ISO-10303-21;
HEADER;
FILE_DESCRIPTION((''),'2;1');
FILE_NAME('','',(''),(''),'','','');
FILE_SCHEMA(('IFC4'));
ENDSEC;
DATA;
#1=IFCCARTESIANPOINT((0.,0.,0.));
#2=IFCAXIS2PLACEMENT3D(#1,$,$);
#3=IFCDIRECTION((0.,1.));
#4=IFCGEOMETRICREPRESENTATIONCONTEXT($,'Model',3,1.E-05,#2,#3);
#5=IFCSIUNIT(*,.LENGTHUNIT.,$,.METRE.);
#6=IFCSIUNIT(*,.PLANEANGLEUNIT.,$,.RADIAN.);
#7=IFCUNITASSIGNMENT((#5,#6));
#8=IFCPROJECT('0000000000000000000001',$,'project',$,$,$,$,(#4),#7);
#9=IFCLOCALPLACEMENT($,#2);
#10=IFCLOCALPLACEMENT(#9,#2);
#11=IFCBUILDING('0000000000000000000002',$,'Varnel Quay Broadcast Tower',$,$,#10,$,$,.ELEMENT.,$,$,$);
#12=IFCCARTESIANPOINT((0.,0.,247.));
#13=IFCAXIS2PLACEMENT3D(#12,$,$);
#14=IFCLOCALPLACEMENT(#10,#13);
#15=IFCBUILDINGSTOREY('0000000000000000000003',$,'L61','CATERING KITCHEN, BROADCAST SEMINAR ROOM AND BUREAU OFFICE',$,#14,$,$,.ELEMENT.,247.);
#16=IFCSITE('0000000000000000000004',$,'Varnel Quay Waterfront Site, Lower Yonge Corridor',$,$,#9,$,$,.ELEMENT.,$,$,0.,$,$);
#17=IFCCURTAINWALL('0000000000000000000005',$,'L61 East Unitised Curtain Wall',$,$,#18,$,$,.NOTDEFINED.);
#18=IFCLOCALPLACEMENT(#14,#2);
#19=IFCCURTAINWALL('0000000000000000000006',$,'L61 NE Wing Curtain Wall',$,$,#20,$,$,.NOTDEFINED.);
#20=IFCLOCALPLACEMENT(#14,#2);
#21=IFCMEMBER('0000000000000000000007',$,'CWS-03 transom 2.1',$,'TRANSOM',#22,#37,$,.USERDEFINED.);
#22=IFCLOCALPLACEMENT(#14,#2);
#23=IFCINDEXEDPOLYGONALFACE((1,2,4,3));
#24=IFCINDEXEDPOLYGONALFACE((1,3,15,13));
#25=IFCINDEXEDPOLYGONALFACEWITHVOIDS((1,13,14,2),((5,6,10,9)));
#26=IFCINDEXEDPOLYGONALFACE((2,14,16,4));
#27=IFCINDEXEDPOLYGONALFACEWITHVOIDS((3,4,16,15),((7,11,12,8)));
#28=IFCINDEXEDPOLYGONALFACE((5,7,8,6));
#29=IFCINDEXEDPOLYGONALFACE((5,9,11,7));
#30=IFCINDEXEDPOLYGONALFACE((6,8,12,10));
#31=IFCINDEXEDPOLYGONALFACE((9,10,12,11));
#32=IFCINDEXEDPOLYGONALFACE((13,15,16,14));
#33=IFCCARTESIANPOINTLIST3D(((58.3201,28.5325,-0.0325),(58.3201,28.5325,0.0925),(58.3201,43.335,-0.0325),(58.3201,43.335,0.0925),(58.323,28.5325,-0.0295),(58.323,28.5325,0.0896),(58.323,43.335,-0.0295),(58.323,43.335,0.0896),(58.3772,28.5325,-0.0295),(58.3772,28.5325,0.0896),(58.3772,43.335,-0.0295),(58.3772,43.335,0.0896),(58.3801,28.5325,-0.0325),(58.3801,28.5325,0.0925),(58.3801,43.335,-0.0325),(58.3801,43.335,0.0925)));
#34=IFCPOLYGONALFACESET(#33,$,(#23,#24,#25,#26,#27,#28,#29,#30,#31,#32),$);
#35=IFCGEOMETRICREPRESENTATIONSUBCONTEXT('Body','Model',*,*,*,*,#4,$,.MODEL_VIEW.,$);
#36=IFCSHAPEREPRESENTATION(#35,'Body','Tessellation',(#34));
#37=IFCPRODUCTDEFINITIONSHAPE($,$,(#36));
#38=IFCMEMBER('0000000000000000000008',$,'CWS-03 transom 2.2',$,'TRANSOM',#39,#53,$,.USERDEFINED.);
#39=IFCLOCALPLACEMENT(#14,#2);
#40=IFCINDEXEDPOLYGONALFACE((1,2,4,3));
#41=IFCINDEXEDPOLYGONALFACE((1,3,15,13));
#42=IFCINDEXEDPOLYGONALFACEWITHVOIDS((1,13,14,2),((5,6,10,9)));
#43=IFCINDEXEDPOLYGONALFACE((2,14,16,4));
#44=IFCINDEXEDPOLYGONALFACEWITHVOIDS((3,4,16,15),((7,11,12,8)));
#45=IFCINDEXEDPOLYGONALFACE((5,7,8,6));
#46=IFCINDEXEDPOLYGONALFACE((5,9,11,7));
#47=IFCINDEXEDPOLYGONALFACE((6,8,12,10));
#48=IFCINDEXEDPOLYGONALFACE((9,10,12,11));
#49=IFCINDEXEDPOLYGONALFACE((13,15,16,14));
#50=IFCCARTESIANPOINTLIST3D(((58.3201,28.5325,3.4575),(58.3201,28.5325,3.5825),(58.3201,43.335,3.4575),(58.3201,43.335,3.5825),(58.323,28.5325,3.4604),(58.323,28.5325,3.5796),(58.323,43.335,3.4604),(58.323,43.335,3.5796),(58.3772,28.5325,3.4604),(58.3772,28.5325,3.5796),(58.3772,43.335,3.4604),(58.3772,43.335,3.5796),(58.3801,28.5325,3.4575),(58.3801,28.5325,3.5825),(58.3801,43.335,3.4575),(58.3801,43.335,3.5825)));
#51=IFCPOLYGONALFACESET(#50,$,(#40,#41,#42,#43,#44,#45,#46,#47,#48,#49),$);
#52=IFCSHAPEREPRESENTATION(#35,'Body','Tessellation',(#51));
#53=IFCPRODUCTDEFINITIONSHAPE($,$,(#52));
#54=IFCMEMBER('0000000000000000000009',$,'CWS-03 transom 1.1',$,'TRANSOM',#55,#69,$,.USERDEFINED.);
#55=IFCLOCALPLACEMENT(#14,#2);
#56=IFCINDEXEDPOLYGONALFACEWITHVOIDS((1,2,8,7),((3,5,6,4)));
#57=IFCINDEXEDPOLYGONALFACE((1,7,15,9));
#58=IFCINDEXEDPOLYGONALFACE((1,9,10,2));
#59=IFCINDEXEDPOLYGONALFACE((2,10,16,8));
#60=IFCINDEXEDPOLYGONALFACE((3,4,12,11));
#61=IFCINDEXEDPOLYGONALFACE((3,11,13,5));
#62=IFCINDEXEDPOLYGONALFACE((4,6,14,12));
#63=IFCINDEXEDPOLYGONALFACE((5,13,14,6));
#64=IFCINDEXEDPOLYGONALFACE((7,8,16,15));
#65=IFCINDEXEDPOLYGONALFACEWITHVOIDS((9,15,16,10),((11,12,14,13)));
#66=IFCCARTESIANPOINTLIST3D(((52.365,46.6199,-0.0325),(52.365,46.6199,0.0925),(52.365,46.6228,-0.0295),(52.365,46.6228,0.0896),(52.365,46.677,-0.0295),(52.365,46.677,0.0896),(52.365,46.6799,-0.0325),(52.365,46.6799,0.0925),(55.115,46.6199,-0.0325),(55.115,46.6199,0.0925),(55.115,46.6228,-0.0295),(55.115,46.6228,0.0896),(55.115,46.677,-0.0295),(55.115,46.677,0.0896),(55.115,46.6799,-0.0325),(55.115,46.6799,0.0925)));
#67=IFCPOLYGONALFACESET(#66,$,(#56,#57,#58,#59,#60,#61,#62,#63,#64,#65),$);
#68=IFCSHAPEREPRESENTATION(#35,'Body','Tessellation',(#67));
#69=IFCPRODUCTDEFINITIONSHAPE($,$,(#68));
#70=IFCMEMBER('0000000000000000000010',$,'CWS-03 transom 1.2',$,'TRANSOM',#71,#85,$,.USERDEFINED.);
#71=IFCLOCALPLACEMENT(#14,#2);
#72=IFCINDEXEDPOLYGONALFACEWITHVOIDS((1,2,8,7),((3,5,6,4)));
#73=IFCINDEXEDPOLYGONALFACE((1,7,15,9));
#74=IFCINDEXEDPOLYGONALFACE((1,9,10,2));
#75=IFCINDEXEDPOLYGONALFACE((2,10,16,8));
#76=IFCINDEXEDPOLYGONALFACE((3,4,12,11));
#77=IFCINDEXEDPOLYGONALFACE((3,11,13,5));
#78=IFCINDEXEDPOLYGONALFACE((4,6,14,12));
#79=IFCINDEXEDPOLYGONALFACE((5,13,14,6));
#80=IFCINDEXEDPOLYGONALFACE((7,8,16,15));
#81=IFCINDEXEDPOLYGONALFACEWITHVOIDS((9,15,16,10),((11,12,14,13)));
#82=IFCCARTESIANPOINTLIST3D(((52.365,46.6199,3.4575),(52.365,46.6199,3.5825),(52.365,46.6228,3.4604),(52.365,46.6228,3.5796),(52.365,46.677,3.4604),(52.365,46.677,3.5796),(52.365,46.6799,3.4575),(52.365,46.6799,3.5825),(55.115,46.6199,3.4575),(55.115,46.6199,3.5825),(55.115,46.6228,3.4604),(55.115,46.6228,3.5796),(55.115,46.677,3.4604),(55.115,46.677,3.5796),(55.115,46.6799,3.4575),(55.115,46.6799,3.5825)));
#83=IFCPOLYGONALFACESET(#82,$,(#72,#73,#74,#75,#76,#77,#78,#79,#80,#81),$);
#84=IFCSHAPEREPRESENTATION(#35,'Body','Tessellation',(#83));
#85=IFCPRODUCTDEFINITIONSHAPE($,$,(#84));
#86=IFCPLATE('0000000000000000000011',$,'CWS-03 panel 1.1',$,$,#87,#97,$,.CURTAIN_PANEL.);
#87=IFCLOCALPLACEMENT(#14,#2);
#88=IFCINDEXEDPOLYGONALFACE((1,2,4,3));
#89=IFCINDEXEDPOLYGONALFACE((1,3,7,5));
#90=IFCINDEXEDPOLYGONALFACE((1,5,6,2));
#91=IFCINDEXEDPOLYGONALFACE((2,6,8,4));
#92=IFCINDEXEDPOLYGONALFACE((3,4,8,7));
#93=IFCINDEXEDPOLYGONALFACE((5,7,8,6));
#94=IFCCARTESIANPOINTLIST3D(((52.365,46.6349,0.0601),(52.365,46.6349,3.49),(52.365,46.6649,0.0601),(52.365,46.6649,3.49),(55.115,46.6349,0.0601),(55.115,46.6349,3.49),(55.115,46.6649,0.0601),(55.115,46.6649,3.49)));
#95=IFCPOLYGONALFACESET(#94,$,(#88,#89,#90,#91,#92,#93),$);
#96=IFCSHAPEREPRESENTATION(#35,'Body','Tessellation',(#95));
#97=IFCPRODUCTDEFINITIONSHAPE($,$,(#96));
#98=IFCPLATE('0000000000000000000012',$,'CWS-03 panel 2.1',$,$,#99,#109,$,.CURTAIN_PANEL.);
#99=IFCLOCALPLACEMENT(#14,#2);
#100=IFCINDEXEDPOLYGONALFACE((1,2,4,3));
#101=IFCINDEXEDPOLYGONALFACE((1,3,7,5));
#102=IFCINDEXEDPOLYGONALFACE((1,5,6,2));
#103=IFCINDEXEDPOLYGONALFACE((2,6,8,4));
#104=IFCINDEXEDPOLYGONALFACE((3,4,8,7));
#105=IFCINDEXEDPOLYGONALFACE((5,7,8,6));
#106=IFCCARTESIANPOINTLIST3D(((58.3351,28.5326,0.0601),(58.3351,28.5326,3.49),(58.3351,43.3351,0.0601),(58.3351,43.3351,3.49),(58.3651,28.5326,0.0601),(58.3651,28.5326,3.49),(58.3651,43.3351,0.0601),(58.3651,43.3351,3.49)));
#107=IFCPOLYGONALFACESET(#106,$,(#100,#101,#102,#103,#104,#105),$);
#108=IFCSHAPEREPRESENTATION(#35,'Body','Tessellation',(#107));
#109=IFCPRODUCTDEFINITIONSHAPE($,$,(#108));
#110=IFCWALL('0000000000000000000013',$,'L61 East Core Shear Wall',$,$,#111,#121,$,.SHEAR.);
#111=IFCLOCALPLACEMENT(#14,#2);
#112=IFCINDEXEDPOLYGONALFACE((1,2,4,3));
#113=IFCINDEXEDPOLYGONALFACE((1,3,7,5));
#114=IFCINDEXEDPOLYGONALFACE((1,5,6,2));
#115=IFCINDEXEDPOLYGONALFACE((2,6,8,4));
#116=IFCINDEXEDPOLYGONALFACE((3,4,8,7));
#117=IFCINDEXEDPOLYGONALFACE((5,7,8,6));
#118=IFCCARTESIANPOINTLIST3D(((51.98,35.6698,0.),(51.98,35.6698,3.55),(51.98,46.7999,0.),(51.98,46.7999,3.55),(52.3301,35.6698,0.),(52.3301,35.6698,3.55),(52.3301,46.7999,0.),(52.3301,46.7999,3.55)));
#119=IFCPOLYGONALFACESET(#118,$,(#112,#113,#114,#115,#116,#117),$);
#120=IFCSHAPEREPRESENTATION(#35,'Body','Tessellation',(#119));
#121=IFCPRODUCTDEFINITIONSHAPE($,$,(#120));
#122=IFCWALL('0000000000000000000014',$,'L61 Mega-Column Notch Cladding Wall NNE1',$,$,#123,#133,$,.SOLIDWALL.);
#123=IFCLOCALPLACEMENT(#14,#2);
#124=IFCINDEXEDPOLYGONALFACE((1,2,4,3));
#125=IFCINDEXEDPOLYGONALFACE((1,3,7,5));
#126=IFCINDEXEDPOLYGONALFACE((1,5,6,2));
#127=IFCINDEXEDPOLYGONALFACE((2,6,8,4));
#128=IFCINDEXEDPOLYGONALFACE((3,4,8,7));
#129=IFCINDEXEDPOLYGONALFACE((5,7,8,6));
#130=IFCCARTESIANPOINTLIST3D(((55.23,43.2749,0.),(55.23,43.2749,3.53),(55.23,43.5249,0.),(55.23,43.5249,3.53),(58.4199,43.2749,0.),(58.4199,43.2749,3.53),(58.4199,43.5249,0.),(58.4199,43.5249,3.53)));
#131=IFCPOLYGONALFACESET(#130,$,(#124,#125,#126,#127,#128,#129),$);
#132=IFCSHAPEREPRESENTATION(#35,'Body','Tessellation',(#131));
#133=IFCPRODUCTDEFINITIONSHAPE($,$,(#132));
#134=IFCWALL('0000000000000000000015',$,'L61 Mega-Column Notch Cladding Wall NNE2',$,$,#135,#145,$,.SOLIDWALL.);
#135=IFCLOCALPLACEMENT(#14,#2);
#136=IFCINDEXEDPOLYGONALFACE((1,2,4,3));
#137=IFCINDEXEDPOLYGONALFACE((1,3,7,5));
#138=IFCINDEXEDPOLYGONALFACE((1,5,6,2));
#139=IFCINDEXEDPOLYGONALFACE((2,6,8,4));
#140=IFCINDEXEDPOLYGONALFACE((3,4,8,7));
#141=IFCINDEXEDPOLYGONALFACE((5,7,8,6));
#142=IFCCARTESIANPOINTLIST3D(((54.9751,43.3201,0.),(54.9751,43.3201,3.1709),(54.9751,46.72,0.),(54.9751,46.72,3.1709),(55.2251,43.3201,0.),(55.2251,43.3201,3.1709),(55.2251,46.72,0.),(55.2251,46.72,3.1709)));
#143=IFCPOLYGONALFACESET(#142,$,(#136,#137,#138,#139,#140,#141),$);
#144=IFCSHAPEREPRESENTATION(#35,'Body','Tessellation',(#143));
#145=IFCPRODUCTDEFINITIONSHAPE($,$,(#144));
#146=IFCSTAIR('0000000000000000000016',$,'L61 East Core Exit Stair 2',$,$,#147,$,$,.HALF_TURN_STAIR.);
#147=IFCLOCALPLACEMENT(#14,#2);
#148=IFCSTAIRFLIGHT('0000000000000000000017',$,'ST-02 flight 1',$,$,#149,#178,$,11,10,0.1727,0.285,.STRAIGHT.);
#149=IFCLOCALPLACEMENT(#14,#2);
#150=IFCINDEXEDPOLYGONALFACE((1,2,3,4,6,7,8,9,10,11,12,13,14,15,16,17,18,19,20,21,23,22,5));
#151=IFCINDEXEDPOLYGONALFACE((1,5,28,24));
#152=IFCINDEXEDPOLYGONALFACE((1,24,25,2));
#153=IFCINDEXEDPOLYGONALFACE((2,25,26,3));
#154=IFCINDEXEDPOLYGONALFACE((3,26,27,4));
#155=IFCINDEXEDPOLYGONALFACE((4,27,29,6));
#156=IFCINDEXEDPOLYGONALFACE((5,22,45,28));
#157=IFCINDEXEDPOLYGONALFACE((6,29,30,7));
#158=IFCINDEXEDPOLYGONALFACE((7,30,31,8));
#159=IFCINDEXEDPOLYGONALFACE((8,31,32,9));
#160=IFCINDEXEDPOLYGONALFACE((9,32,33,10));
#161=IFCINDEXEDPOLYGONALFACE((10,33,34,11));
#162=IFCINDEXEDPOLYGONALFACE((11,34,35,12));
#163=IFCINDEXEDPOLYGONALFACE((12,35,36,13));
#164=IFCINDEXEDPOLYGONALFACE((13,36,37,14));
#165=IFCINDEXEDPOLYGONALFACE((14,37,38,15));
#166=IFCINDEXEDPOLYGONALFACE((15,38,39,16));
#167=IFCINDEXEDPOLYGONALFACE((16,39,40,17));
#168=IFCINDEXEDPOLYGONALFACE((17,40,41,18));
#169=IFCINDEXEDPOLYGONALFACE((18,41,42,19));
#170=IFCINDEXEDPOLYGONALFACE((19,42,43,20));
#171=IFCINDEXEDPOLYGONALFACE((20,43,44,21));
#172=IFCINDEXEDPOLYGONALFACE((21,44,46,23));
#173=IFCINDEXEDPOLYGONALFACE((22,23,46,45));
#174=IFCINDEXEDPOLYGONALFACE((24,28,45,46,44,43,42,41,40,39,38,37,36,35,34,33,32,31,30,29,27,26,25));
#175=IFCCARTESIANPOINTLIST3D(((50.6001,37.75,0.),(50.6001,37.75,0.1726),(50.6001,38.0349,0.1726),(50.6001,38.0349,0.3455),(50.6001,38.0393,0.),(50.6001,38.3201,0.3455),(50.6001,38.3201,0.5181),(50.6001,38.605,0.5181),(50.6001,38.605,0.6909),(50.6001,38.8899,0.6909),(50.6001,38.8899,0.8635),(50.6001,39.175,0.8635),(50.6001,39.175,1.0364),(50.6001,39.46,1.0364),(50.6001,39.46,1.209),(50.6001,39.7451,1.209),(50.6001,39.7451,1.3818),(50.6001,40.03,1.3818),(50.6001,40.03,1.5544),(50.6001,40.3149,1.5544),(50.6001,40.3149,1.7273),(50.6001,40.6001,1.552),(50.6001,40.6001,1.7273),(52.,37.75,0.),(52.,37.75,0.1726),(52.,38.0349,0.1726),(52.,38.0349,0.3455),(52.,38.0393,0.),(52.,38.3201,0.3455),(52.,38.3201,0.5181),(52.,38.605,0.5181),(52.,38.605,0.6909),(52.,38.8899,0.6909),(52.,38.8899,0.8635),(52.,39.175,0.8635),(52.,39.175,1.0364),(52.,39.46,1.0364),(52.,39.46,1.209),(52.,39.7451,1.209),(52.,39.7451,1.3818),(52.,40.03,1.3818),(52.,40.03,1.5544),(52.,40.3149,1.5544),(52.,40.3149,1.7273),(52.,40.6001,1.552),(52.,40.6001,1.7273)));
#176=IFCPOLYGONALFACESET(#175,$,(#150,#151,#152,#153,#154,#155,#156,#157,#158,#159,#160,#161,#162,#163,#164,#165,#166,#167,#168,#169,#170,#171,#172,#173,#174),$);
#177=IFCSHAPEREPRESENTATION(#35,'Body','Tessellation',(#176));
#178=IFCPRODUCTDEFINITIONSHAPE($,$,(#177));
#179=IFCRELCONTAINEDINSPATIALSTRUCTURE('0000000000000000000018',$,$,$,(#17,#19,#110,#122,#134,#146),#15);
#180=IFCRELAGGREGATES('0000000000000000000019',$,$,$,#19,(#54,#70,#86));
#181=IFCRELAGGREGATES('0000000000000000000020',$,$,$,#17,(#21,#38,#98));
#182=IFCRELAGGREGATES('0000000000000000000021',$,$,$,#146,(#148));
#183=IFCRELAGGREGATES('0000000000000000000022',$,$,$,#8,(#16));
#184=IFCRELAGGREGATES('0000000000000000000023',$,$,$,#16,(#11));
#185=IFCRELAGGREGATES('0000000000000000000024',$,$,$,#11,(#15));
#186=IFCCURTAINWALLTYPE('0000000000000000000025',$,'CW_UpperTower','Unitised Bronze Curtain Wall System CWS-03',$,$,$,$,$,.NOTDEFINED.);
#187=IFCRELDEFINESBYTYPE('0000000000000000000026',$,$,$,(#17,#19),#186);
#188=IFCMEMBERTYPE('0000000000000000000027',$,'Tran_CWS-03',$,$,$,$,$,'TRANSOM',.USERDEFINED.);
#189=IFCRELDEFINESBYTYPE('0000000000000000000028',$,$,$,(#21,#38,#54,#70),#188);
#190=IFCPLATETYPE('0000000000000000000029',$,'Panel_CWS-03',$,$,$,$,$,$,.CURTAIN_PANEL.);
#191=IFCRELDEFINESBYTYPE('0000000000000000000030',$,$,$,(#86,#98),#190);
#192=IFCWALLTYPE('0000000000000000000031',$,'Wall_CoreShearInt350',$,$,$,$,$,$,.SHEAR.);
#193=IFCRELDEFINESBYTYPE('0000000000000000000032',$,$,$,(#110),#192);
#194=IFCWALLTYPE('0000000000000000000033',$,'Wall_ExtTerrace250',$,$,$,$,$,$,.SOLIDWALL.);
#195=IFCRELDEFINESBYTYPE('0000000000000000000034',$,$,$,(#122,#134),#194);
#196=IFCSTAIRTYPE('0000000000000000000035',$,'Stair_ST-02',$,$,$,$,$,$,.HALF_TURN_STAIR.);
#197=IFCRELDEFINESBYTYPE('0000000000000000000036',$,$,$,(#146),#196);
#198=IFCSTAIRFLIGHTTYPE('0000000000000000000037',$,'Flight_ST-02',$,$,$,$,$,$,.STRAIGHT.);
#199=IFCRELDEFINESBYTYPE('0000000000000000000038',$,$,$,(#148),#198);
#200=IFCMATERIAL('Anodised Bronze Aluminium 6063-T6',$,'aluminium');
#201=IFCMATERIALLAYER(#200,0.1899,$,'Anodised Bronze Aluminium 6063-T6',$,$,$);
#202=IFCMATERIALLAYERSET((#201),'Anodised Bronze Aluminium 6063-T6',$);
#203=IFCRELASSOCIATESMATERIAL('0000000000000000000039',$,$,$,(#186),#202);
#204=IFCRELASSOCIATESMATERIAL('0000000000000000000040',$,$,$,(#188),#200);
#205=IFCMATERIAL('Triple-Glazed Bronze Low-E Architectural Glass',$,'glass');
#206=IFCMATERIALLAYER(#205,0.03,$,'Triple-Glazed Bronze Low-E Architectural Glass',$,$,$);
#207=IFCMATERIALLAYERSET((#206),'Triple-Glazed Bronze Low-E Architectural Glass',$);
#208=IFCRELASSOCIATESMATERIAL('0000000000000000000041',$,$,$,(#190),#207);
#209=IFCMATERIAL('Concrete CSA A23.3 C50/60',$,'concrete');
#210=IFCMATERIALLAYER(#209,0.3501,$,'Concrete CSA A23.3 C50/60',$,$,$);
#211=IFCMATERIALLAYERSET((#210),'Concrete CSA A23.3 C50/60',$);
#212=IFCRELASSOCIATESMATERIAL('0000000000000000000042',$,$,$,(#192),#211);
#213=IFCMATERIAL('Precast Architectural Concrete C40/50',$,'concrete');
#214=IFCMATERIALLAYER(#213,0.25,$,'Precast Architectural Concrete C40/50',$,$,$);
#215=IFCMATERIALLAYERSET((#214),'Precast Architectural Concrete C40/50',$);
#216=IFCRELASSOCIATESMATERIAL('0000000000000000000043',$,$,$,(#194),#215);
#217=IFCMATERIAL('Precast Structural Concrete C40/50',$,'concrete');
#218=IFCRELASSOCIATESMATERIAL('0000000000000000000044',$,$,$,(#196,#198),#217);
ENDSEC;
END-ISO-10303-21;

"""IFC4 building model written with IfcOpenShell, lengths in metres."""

from ifc_helpers import new_model, si_unit, direction, frame, frame_2d, origin, origin_2d, place, context, subcontext, project, spatial, polyline, rectangle, hollow_rectangle, outline, extrude, source, transform, mapped, material, layer, layer_set, material_profile, profile_set, type_object, type_shapes, element, aggregate, save


model = new_model("IFC4")

# Units and contexts
model_context = context("Model", 3, precision=1e-05, world=origin(), true_north=direction((0.0, 1.0)))
body_context = subcontext(model_context, "Body", "Model", "MODEL_VIEW")
ifc_project = project(units=[si_unit("LENGTHUNIT", "METRE"), si_unit("PLANEANGLEUNIT", "RADIAN")], contexts=[model_context])

# Site, building, storey
site_placement = place(None, origin())
site = spatial("IfcSite", under=ifc_project, at=site_placement, Name="Varnel Quay Waterfront Site, Lower Yonge Corridor", CompositionType="ELEMENT", RefElevation=0.0)
building_placement = place(site_placement, origin())
building = spatial("IfcBuilding", under=site, at=building_placement, Name="Varnel Quay Broadcast Tower", CompositionType="ELEMENT")
storey_placement = place(building_placement, frame((0.0, 0.0, 247.0)))
storey = spatial("IfcBuildingStorey", under=building, at=storey_placement, Name="L61", Description="CATERING KITCHEN, BROADCAST SEMINAR ROOM AND BUREAU OFFICE", CompositionType="ELEMENT", Elevation=247.0)

# Curtain walls
ifc_material_1 = material(Name="Anodised Bronze Aluminium 6063-T6", Category="aluminium")
ifc_layer_1 = layer(ifc_material_1, 0.1899, Name="Anodised Bronze Aluminium 6063-T6")
ifc_layer_set_1 = layer_set([ifc_layer_1], Name="Anodised Bronze Aluminium 6063-T6")
curtain_wall_type = type_object("IfcCurtainWallType", Name="CW_UpperTower", Description="Unitised Bronze Curtain Wall System CWS-03", PredefinedType="NOTDEFINED", material=ifc_layer_set_1)
curtain_wall_1_placement = place(storey_placement, origin())
curtain_wall_1 = element("IfcCurtainWall", 1, at=curtain_wall_1_placement, inside=storey, type_object=curtain_wall_type, Name="L61 East Unitised Curtain Wall", PredefinedType="NOTDEFINED")
curtain_wall_2_placement = place(storey_placement, origin())
curtain_wall_2 = element("IfcCurtainWall", 2, at=curtain_wall_2_placement, inside=storey, type_object=curtain_wall_type, Name="L61 NE Wing Curtain Wall", PredefinedType="NOTDEFINED")

# Members
ifc_material_profile_1 = material_profile(ifc_material_1, hollow_rectangle(XDim=0.0601, YDim=0.125, WallThickness=0.0029, at=origin_2d()), Name="ALU60X125X3")
ifc_profile_set_1 = profile_set([ifc_material_profile_1], Name="Anodised Bronze Aluminium 6063-T6")
member_type_1 = type_object("IfcMemberType", Name="Tran_CWS-03", ElementType="TRANSOM", PredefinedType="USERDEFINED", material=ifc_profile_set_1)
shared_shape_1 = source(origin(), body_context, "Body", "SweptSolid", [
    extrude(hollow_rectangle(XDim=0.0601, YDim=0.125, WallThickness=0.0029, at=origin_2d()), origin(), (0.0, 0.0, 1.0), 14.8025),
])
member_1_placement = place(storey_placement, frame((58.3501, 28.5325, 0.03), z_axis=(0.0, 1.0, 0.0), x_axis=(-1.0, 0.0, 0.0)))
member_1 = element("IfcMember", 3, at=member_1_placement, type_object=member_type_1, Name="CWS-03 transom 2.1", ObjectType="TRANSOM", PredefinedType="USERDEFINED", context=body_context, shape_type="MappedRepresentation", body=[
    mapped(shared_shape_1, transform((0.0, 0.0, 0.0), x_axis=(1.0, 0.0, 0.0), y_axis=(0.0, 1.0, 0.0), z_axis=(0.0, 0.0, 1.0), scale=1.0)),
])
member_2_placement = place(storey_placement, frame((58.3501, 28.5325, 3.52), z_axis=(0.0, 1.0, 0.0), x_axis=(-1.0, 0.0, 0.0)))
member_2 = element("IfcMember", 4, at=member_2_placement, type_object=member_type_1, Name="CWS-03 transom 2.2", ObjectType="TRANSOM", PredefinedType="USERDEFINED", context=body_context, shape_type="MappedRepresentation", body=[
    mapped(shared_shape_1, transform((0.0, 0.0, 0.0), x_axis=(1.0, 0.0, 0.0), y_axis=(0.0, 1.0, 0.0), z_axis=(0.0, 0.0, 1.0), scale=1.0)),
])
shared_shape_2 = source(origin(), body_context, "Body", "SweptSolid", [
    extrude(hollow_rectangle(XDim=0.0601, YDim=0.125, WallThickness=0.0029, at=origin_2d()), origin(), (0.0, 0.0, 1.0), 2.75),
])
type_shapes(member_type_1, [shared_shape_1, shared_shape_2])
member_3_placement = place(storey_placement, frame((52.365, 46.6499, 0.03), z_axis=(1.0, 0.0, 0.0), x_axis=(0.0, 1.0, 0.0)))
member_3 = element("IfcMember", 5, at=member_3_placement, type_object=member_type_1, Name="CWS-03 transom 1.1", ObjectType="TRANSOM", PredefinedType="USERDEFINED", context=body_context, shape_type="MappedRepresentation", body=[
    mapped(shared_shape_2, transform((0.0, 0.0, 0.0), x_axis=(1.0, 0.0, 0.0), y_axis=(0.0, 1.0, 0.0), z_axis=(0.0, 0.0, 1.0), scale=1.0)),
])
member_4_placement = place(storey_placement, frame((52.365, 46.6499, 3.52), z_axis=(1.0, 0.0, 0.0), x_axis=(0.0, 1.0, 0.0)))
member_4 = element("IfcMember", 6, at=member_4_placement, type_object=member_type_1, Name="CWS-03 transom 1.2", ObjectType="TRANSOM", PredefinedType="USERDEFINED", context=body_context, shape_type="MappedRepresentation", body=[
    mapped(shared_shape_2, transform((0.0, 0.0, 0.0), x_axis=(1.0, 0.0, 0.0), y_axis=(0.0, 1.0, 0.0), z_axis=(0.0, 0.0, 1.0), scale=1.0)),
])

# Plates
ifc_material_2 = material(Name="Triple-Glazed Bronze Low-E Architectural Glass", Category="glass")
ifc_layer_2 = layer(ifc_material_2, 0.03, Name="Triple-Glazed Bronze Low-E Architectural Glass")
ifc_layer_set_2 = layer_set([ifc_layer_2], Name="Triple-Glazed Bronze Low-E Architectural Glass")
plate_type = type_object("IfcPlateType", Name="Panel_CWS-03", PredefinedType="CURTAIN_PANEL", material=ifc_layer_set_2)
shared_shape_3 = source(origin(), body_context, "Body", "SweptSolid", [
    extrude(rectangle(XDim=2.75, YDim=0.03, at=origin_2d()), origin(), (0.0, 0.0, 1.0), 3.4299),
])
plate_1_placement = place(storey_placement, frame((53.74, 46.6499, 0.0601), z_axis=(0.0, 0.0, 1.0), x_axis=(1.0, 0.0, 0.0)))
plate_1 = element("IfcPlate", 7, at=plate_1_placement, type_object=plate_type, Name="CWS-03 panel 1.1", PredefinedType="CURTAIN_PANEL", context=body_context, shape_type="MappedRepresentation", body=[
    mapped(shared_shape_3, transform((0.0, 0.0, 0.0), x_axis=(1.0, 0.0, 0.0), y_axis=(0.0, 1.0, 0.0), z_axis=(0.0, 0.0, 1.0), scale=1.0)),
])
aggregate(curtain_wall_2, [member_3, member_4, plate_1])
shared_shape_4 = source(origin(), body_context, "Body", "SweptSolid", [
    extrude(rectangle(XDim=14.8025, YDim=0.03, at=origin_2d()), origin(), (0.0, 0.0, 1.0), 3.4299),
])
type_shapes(plate_type, [shared_shape_3, shared_shape_4])
plate_2_placement = place(storey_placement, frame((58.3501, 35.9338, 0.0601), z_axis=(0.0, 0.0, 1.0), x_axis=(0.0, 1.0, 0.0)))
plate_2 = element("IfcPlate", 8, at=plate_2_placement, type_object=plate_type, Name="CWS-03 panel 2.1", PredefinedType="CURTAIN_PANEL", context=body_context, shape_type="MappedRepresentation", body=[
    mapped(shared_shape_4, transform((0.0, 0.0, 0.0), x_axis=(1.0, 0.0, 0.0), y_axis=(0.0, 1.0, 0.0), z_axis=(0.0, 0.0, 1.0), scale=1.0)),
])
aggregate(curtain_wall_1, [member_1, member_2, plate_2])

# Walls
ifc_material_3 = material(Name="Concrete CSA A23.3 C50/60", Category="concrete")
ifc_layer_3 = layer(ifc_material_3, 0.3501, Name="Concrete CSA A23.3 C50/60")
ifc_layer_set_3 = layer_set([ifc_layer_3], Name="Concrete CSA A23.3 C50/60")
wall_type_1 = type_object("IfcWallType", Name="Wall_CoreShearInt350", PredefinedType="SHEAR", material=ifc_layer_set_3)
wall_1_placement = place(storey_placement, frame((52.155, 35.6699, 0.0), z_axis=(0.0, 0.0, 1.0), x_axis=(0.0, 1.0, 0.0)))
element("IfcWall", 9, at=wall_1_placement, inside=storey, type_object=wall_type_1, Name="L61 East Core Shear Wall", PredefinedType="SHEAR", context=body_context, shape_type="SweptSolid", body=[
    extrude(rectangle(XDim=11.1301, YDim=0.3501, at=frame_2d((5.5649, 0.0))), origin(), (0.0, 0.0, 1.0), 3.55),
])
ifc_material_4 = material(Name="Precast Architectural Concrete C40/50", Category="concrete")
ifc_layer_4 = layer(ifc_material_4, 0.25, Name="Precast Architectural Concrete C40/50")
ifc_layer_set_4 = layer_set([ifc_layer_4], Name="Precast Architectural Concrete C40/50")
wall_type_2 = type_object("IfcWallType", Name="Wall_ExtTerrace250", PredefinedType="SOLIDWALL", material=ifc_layer_set_4)
wall_2_placement = place(storey_placement, frame((55.23, 43.3999, 0.0), z_axis=(0.0, 0.0, 1.0), x_axis=(1.0, 0.0, 0.0)))
element("IfcWall", 10, at=wall_2_placement, inside=storey, type_object=wall_type_2, Name="L61 Mega-Column Notch Cladding Wall NNE1", PredefinedType="SOLIDWALL", context=body_context, shape_type="SweptSolid", body=[
    extrude(rectangle(XDim=3.1899, YDim=0.25, at=frame_2d((1.595, 0.0))), origin(), (0.0, 0.0, 1.0), 3.53),
])
wall_3_placement = place(storey_placement, frame((55.1001, 43.3201, 0.0), z_axis=(0.0, 0.0, 1.0), x_axis=(0.0, 1.0, 0.0)))
element("IfcWall", 11, at=wall_3_placement, inside=storey, type_object=wall_type_2, Name="L61 Mega-Column Notch Cladding Wall NNE2", PredefinedType="SOLIDWALL", context=body_context, shape_type="SweptSolid", body=[
    extrude(rectangle(XDim=3.3999, YDim=0.25, at=frame_2d((1.7, 0.0))), origin(), (0.0, 0.0, 1.0), 3.1709),
])

# Stair, stair flight
ifc_material_5 = material(Name="Precast Structural Concrete C40/50", Category="concrete")
stair_type = type_object("IfcStairType", Name="Stair_ST-02", PredefinedType="HALF_TURN_STAIR", material=ifc_material_5)
stair_placement = place(storey_placement, origin())
stair = element("IfcStair", 12, at=stair_placement, inside=storey, type_object=stair_type, Name="L61 East Core Exit Stair 2", PredefinedType="HALF_TURN_STAIR")
stair_flight_type = type_object("IfcStairFlightType", Name="Flight_ST-02", PredefinedType="STRAIGHT", material=ifc_material_5)
stair_flight_1_placement = place(storey_placement, frame((51.3, 37.75, 0.0), z_axis=(0.0, 0.0, 1.0), x_axis=(0.0, 1.0, 0.0)))
stair_flight_1 = element("IfcStairFlight", 13, at=stair_flight_1_placement, type_object=stair_flight_type, Name="ST-02 flight 1", NumberOfRisers=11, NumberOfTreads=10, PredefinedType="STRAIGHT", RiserHeight=0.1727, TreadLength=0.285, context=body_context, shape_type="SweptSolid", body=[
    extrude(outline(polyline([(0.0, 0.0), (0.0, 0.1726), (0.2849, 0.1726), (0.2849, 0.3455), (0.5701, 0.3455), (0.5701, 0.5181), (0.855, 0.5181), (0.855, 0.6909), (1.1399, 0.6909), (1.1399, 0.8635), (1.425, 0.8635), (1.425, 1.0364), (1.71, 1.0364), (1.71, 1.209), (1.9951, 1.209), (1.9951, 1.3818), (2.28, 1.3818), (2.28, 1.5544), (2.5649, 1.5544), (2.5649, 1.7273), (2.8501, 1.7273), (2.8501, 1.8999), (2.8501, 1.552), (0.2893, 0.0), (0.0, 0.0)])), frame((0.0, 0.7, 0.0), z_axis=(0.0, -1.0, 0.0), x_axis=(1.0, 0.0, 0.0)), (0.0, 0.0, 1.0), 1.3999),
])
aggregate(stair, [stair_flight_1])

save(model, "model.ifc")
